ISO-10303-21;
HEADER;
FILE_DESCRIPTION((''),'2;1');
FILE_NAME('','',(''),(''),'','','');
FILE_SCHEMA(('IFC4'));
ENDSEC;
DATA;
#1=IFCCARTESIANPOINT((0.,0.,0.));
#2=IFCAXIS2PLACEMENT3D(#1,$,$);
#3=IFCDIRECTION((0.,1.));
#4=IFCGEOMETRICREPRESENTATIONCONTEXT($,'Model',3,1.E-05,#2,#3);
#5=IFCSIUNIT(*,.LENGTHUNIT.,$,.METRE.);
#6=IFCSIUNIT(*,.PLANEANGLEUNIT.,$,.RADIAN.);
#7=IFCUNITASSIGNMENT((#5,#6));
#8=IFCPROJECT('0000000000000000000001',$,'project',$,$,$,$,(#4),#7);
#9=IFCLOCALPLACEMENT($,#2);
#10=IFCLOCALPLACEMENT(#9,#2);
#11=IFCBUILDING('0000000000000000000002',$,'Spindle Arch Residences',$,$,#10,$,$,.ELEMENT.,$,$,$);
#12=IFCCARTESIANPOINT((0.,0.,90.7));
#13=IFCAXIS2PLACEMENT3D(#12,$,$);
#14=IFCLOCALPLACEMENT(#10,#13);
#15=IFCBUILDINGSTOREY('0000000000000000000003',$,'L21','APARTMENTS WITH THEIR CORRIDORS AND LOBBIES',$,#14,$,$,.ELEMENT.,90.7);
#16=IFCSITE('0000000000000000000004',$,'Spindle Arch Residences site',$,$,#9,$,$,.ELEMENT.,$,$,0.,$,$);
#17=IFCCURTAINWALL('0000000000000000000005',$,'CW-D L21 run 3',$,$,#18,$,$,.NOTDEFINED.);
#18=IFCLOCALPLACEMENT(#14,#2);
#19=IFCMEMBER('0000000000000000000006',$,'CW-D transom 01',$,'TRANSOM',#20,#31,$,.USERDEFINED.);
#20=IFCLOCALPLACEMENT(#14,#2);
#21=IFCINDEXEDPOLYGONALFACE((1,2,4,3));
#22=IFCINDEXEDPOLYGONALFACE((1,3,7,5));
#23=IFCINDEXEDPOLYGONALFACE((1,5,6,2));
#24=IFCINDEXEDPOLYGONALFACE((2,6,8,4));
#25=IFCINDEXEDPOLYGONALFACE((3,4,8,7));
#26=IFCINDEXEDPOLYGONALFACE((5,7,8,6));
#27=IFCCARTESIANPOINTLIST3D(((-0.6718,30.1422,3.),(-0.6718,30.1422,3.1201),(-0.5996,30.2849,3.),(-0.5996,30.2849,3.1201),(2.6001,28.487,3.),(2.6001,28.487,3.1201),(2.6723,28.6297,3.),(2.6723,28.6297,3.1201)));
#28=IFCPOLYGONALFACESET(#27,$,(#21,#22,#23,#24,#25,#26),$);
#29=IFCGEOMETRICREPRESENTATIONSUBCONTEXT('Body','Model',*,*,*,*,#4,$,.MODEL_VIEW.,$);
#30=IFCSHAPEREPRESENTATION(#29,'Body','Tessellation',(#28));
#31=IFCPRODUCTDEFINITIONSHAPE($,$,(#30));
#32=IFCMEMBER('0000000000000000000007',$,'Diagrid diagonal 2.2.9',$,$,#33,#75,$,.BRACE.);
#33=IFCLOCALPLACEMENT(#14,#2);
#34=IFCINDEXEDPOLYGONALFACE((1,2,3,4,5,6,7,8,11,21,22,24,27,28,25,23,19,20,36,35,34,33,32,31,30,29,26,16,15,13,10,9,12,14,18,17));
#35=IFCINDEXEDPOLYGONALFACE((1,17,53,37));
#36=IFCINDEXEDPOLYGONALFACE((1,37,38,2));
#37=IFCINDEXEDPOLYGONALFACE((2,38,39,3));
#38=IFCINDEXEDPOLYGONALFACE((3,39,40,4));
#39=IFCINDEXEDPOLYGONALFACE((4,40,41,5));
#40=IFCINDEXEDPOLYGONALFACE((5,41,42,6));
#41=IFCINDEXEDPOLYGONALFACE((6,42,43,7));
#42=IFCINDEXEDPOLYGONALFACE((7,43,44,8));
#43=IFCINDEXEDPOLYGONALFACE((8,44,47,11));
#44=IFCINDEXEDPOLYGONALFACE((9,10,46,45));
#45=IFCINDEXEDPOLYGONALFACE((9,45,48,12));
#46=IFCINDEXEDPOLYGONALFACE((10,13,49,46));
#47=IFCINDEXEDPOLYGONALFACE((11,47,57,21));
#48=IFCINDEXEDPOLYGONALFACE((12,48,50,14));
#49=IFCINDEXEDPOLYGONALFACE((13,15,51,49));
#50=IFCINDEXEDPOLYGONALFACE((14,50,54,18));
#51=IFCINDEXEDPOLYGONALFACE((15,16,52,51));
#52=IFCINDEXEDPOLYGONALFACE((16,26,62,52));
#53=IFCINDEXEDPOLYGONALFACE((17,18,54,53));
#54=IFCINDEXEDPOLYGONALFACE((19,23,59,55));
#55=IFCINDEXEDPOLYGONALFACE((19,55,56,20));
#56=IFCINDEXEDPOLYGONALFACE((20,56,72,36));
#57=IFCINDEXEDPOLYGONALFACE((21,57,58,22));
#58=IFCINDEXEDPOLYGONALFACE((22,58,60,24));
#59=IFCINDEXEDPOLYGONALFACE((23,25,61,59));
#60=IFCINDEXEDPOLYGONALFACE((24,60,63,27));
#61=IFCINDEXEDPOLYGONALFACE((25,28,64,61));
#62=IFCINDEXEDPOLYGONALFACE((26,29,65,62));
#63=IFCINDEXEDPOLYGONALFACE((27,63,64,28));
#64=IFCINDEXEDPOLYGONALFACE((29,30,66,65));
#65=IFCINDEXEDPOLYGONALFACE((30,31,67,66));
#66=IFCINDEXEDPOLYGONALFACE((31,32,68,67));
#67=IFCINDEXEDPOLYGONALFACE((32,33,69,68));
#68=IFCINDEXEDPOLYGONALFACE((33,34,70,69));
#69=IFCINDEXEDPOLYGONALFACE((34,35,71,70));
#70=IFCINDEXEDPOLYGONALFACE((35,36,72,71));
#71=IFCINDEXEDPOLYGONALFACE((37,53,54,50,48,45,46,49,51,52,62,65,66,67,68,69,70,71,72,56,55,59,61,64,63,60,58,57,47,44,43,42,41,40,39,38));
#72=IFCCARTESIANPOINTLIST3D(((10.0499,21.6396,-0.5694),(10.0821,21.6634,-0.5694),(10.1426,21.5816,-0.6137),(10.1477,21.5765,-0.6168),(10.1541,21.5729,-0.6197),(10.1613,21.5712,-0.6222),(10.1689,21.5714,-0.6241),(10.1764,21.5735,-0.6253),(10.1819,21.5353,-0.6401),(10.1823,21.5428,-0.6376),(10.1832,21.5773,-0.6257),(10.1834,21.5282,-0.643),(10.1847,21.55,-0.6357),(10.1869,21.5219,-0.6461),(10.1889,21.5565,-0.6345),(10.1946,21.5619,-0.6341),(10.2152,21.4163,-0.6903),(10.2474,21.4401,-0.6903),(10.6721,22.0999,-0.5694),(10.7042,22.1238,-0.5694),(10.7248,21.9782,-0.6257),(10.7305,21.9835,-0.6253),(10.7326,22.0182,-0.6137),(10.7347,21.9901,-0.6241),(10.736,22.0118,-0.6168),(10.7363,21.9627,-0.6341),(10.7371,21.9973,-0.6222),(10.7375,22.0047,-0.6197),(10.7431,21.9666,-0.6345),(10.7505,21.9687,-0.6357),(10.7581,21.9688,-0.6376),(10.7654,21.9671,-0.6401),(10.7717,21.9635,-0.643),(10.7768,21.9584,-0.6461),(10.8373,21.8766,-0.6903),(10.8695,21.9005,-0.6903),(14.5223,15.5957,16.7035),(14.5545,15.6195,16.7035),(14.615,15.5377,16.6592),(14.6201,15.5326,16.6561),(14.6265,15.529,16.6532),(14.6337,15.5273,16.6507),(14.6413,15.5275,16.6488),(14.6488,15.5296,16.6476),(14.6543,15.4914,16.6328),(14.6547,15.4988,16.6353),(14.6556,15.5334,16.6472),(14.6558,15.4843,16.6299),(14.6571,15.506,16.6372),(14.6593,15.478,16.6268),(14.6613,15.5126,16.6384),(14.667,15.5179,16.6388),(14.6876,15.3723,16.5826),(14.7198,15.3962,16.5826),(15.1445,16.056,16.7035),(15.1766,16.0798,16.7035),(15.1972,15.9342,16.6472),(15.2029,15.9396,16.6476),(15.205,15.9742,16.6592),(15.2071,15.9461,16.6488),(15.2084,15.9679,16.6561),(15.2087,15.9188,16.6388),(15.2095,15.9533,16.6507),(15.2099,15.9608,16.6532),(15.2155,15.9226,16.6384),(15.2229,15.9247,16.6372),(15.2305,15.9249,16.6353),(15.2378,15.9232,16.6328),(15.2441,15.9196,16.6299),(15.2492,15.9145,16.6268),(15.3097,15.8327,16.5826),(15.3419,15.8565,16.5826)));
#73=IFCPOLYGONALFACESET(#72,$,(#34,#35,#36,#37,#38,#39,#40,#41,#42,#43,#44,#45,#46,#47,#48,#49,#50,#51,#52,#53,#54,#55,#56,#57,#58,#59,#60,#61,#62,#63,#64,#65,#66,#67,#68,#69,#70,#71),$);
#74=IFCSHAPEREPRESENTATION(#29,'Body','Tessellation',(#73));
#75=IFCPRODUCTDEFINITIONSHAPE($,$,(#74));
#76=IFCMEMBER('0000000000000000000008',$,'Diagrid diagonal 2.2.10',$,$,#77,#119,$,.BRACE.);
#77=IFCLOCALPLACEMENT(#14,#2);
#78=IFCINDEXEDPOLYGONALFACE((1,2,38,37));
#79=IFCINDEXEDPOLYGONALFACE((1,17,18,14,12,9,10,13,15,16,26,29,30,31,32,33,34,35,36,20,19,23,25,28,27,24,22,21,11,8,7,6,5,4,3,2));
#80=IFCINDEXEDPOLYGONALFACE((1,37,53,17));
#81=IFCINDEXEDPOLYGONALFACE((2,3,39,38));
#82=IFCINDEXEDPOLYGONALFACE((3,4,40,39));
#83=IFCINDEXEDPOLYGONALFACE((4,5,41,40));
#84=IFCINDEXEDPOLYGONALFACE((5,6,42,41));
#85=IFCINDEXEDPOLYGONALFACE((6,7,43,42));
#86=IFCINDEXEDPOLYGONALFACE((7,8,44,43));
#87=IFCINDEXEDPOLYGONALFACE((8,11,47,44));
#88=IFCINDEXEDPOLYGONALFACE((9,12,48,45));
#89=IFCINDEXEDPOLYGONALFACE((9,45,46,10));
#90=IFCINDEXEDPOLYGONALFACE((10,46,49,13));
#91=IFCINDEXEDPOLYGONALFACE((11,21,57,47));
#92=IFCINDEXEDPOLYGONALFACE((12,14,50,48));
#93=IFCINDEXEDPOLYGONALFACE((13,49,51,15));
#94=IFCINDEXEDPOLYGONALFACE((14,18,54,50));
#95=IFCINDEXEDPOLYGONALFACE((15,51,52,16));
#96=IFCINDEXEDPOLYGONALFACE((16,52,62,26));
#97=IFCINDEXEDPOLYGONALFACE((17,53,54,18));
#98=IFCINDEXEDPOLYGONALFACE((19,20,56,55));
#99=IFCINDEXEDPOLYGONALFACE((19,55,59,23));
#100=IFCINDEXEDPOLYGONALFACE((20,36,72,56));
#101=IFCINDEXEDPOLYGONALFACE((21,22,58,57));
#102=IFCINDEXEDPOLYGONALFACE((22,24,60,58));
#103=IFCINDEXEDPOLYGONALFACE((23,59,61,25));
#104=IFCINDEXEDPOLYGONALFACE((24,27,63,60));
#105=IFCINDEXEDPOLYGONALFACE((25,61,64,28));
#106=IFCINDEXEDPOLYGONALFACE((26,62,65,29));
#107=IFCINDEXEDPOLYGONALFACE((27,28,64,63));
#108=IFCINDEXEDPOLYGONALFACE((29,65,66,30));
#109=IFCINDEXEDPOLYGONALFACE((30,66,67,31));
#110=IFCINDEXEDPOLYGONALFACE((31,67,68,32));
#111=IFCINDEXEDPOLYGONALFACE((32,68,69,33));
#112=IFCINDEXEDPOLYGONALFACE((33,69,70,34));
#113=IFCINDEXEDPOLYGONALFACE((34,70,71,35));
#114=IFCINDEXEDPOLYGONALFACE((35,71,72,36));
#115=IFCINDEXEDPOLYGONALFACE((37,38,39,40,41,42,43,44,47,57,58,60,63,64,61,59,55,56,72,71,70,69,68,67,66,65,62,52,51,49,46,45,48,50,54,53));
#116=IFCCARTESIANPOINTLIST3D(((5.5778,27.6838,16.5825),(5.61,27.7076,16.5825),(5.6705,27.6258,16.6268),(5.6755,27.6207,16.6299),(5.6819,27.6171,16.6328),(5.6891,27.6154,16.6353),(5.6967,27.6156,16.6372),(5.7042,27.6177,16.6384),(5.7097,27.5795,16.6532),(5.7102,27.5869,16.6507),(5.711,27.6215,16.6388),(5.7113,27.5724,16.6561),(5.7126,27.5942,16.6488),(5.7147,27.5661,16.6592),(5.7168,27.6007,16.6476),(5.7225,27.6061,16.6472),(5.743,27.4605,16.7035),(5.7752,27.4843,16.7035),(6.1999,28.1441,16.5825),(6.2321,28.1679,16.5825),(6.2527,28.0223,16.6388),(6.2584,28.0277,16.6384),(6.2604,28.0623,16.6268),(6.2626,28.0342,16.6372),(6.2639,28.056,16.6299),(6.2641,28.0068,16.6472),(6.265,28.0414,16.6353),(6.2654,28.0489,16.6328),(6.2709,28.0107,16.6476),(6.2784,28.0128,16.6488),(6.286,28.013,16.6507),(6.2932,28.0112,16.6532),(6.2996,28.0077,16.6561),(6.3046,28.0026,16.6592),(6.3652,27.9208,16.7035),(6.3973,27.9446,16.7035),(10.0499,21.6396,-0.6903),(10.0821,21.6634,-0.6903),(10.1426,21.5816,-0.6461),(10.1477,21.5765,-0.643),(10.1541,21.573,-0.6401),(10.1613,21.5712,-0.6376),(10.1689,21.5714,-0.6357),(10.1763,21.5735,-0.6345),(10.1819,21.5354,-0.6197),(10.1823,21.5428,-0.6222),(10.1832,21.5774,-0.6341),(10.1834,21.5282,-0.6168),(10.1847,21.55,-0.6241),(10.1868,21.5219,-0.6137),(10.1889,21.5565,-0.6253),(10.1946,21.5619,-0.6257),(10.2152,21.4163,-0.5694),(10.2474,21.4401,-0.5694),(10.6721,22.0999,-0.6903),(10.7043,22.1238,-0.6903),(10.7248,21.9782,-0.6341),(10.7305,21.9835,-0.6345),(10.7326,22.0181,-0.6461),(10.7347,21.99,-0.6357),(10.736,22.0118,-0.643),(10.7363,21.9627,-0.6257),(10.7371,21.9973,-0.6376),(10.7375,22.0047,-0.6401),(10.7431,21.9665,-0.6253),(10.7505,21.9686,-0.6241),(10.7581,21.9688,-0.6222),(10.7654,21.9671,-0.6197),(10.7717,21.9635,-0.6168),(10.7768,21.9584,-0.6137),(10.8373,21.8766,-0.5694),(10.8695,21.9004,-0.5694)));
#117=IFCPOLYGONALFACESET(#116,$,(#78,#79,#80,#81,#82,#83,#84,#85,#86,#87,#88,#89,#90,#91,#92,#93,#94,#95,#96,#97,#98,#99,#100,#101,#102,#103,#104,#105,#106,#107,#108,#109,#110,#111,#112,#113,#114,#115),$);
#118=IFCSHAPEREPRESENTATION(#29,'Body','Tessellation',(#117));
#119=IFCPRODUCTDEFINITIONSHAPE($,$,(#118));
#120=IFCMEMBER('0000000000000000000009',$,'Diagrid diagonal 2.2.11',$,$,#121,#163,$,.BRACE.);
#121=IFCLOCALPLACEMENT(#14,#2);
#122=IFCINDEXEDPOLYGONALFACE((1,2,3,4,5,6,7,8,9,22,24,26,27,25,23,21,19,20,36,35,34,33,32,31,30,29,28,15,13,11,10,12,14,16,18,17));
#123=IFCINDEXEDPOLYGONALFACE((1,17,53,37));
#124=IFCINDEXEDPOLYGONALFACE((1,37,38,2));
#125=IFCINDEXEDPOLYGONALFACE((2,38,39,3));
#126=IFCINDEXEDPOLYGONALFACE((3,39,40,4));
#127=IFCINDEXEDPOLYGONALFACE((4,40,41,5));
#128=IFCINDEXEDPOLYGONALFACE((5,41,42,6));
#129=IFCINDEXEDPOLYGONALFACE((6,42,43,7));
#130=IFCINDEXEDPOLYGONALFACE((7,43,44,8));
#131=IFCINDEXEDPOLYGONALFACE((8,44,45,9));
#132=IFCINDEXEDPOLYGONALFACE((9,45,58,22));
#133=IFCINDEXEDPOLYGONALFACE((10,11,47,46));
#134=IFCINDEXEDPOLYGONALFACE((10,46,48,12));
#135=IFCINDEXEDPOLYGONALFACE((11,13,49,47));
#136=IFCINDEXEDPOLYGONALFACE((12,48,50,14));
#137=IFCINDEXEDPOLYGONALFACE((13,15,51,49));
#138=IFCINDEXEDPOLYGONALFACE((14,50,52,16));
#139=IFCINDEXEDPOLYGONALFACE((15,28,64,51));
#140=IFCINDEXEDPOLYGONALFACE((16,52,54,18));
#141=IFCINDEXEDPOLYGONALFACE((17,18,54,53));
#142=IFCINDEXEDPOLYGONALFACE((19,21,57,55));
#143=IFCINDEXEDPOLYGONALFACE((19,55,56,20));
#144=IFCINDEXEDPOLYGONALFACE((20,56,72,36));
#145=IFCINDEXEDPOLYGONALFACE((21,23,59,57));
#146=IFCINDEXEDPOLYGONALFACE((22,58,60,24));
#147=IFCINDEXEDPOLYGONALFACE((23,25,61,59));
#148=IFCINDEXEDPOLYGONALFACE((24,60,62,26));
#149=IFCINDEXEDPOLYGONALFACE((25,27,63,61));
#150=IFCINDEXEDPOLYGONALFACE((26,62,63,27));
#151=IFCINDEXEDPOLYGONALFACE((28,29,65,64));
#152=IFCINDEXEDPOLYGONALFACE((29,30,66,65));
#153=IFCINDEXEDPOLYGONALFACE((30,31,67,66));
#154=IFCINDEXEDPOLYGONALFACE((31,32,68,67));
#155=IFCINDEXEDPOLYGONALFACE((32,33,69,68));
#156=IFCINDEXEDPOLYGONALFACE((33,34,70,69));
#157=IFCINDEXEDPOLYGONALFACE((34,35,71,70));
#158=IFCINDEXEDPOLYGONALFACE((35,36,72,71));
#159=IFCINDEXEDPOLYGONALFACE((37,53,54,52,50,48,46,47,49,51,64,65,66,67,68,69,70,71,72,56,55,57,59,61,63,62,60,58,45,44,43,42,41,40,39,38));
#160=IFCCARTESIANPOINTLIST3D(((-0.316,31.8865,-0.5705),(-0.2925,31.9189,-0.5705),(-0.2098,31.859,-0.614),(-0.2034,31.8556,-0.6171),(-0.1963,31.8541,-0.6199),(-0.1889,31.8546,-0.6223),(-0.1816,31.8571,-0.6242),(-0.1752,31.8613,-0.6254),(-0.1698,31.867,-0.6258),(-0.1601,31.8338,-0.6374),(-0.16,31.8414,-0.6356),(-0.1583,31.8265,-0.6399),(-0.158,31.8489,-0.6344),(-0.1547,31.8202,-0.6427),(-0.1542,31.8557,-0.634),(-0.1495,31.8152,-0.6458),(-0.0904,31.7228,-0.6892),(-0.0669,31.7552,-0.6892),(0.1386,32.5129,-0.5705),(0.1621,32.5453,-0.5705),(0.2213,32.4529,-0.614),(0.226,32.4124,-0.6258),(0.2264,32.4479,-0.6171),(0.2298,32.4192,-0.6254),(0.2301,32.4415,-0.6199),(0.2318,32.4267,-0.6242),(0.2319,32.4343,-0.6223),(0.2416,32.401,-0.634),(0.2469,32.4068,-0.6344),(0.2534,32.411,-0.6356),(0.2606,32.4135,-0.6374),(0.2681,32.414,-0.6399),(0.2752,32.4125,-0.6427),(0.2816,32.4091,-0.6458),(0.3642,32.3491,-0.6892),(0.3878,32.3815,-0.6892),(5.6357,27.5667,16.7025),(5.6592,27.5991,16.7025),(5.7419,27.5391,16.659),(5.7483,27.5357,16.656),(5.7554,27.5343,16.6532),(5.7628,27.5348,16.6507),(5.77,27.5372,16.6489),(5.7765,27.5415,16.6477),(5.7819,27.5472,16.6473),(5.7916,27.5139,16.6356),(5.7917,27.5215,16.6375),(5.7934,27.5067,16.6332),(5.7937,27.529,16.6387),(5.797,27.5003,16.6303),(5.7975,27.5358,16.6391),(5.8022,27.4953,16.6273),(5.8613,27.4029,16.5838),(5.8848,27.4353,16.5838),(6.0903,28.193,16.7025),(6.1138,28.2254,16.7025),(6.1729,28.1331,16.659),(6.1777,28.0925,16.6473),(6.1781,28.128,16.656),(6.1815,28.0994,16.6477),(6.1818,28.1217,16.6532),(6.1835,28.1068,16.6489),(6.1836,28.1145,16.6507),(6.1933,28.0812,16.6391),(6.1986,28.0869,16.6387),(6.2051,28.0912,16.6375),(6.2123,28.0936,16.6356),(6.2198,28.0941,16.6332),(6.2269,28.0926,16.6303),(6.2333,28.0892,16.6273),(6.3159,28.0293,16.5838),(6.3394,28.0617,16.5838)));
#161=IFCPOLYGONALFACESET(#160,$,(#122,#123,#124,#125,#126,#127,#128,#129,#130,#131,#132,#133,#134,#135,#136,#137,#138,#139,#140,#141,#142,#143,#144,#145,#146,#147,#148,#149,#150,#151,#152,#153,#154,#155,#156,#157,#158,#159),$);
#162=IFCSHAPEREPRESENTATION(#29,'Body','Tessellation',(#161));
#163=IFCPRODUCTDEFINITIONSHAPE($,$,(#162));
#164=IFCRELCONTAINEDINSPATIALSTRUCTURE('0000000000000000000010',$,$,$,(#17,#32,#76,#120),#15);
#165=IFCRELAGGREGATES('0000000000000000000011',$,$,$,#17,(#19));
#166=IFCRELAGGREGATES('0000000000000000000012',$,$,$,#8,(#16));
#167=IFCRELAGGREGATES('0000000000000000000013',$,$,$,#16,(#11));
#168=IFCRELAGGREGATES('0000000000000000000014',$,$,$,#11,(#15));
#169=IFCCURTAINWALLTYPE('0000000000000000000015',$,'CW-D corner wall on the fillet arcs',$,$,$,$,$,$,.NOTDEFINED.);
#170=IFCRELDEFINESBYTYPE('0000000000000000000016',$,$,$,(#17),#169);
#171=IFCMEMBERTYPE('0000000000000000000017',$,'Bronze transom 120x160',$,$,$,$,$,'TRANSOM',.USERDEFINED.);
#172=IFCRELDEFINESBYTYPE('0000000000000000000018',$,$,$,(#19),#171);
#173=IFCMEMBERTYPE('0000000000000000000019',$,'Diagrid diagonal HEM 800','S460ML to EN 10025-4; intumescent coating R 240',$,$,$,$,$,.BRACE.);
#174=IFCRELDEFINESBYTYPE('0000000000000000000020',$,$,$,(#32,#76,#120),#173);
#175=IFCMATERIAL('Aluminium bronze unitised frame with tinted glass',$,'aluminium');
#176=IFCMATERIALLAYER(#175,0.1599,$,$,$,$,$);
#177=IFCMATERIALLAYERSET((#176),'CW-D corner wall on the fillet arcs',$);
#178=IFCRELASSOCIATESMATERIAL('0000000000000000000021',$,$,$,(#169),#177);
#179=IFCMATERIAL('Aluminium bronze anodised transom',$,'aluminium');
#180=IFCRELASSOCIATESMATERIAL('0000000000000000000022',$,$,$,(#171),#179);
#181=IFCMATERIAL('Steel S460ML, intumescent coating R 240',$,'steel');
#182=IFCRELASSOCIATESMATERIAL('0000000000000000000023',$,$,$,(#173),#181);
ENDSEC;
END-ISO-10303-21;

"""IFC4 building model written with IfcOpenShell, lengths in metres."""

from ifc_helpers import new_model, si_unit, direction, frame, origin, origin_2d, place, context, subcontext, project, spatial, rectangle, i_section, extrude, material, layer, layer_set, material_profile, profile_set, type_object, element, aggregate, save


model = new_model("IFC4")

# Units and contexts
model_context = context("Model", 3, precision=1e-05, world=origin(), true_north=direction((0.0, 1.0)))
body_context = subcontext(model_context, "Body", "Model", "MODEL_VIEW")
ifc_project = project(units=[si_unit("LENGTHUNIT", "METRE"), si_unit("PLANEANGLEUNIT", "RADIAN")], contexts=[model_context])

# Site, building, storey
site_placement = place(None, origin())
site = spatial("IfcSite", under=ifc_project, at=site_placement, Name="Spindle Arch Residences site", CompositionType="ELEMENT", RefElevation=0.0)
building_placement = place(site_placement, origin())
building = spatial("IfcBuilding", under=site, at=building_placement, Name="Spindle Arch Residences", CompositionType="ELEMENT")
storey_placement = place(building_placement, frame((0.0, 0.0, 90.7)))
storey = spatial("IfcBuildingStorey", under=building, at=storey_placement, Name="L21", Description="APARTMENTS WITH THEIR CORRIDORS AND LOBBIES", CompositionType="ELEMENT", Elevation=90.7)

# Curtain wall, member
ifc_material_1 = material(Name="Aluminium bronze unitised frame with tinted glass", Category="aluminium")
ifc_layer_1 = layer(ifc_material_1, 0.1599)
ifc_layer_set_1 = layer_set([ifc_layer_1], Name="CW-D corner wall on the fillet arcs")
curtain_wall_type_1 = type_object("IfcCurtainWallType", Name="CW-D corner wall on the fillet arcs", PredefinedType="NOTDEFINED", material=ifc_layer_set_1)
curtain_wall_1_placement = place(storey_placement, origin())
curtain_wall_1 = element("IfcCurtainWall", 1, at=curtain_wall_1_placement, inside=storey, type_object=curtain_wall_type_1, Name="CW-D L21 run 3", PredefinedType="NOTDEFINED")
ifc_material_2 = material(Name="Aluminium bronze anodised transom", Category="aluminium")
ifc_material_profile_1 = material_profile(ifc_material_2, rectangle(XDim=0.1599, YDim=0.1201, at=origin_2d()), Name="TR 120x160")
ifc_profile_set_1 = profile_set([ifc_material_profile_1], Name="Aluminium bronze anodised transom")
member_type_1 = type_object("IfcMemberType", Name="Bronze transom 120x160", ElementType="TRANSOM", PredefinedType="USERDEFINED", material=ifc_profile_set_1)
member_1_placement = place(storey_placement, frame((2.6362, 28.5583, 3.0601), z_axis=(-0.892313, 0.451417, 0.0), x_axis=(-0.451417, -0.892313, 0.0)))
member_1 = element("IfcMember", 2, at=member_1_placement, type_object=member_type_1, Name="CW-D transom 01", ObjectType="TRANSOM", PredefinedType="USERDEFINED", context=body_context, shape_type="SweptSolid", body=[
    extrude(rectangle(XDim=0.1599, YDim=0.1201, at=origin_2d()), origin(), (0.0, 0.0, 1.0), 3.6667),
])

# Members
ifc_material_3 = material(Name="Steel S460ML, intumescent coating R 240", Category="steel")
ifc_material_profile_2 = material_profile(ifc_material_3, i_section(OverallWidth=0.303, OverallDepth=0.814, WebThickness=0.021, FlangeThickness=0.04, FilletRadius=0.03, at=origin_2d()), Name="HEM 800")
ifc_profile_set_2 = profile_set([ifc_material_profile_2], Name="Steel S460ML, intumescent coating R 240")
member_type_2 = type_object("IfcMemberType", Name="Diagrid diagonal HEM 800", Description="S460ML to EN 10025-4; intumescent coating R 240", PredefinedType="BRACE", material=ifc_profile_set_2)
for number, where, z_axis, x_axis, name in (
    (3, (10.4597, 21.77, -0.6299), (0.237409, -0.320831, 0.9169), (-0.545403, 0.737049, 0.399118), "Diagrid diagonal 2.2.9"),
    (4, (10.4597, 21.77, -0.6299), (-0.237396, 0.320843, 0.916899), (0.545369, -0.737072, 0.39912), "Diagrid diagonal 2.2.10"),
):
    element("IfcMember", number, at=place(storey_placement, frame(where, z_axis=z_axis, x_axis=x_axis)), inside=storey, type_object=member_type_2, Name=name, PredefinedType="BRACE", context=body_context, shape_type="SweptSolid", body=[
        extrude(i_section(OverallWidth=0.303, OverallDepth=0.814, WebThickness=0.021, FlangeThickness=0.04, FilletRadius=0.03, at=origin_2d()), origin(), (0.0, 0.0, 1.0), 18.8384),
    ])
member_2_placement = place(storey_placement, frame((0.0359, 32.134, -0.6299), z_axis=(0.317027, -0.230104, 0.920079), x_axis=(-0.744616, 0.540456, 0.391733)))
element("IfcMember", 5, at=member_2_placement, inside=storey, type_object=member_type_2, Name="Diagrid diagonal 2.2.11", PredefinedType="BRACE", context=body_context, shape_type="SweptSolid", body=[
    extrude(i_section(OverallWidth=0.303, OverallDepth=0.814, WebThickness=0.021, FlangeThickness=0.04, FilletRadius=0.03, at=origin_2d()), origin(), (0.0, 0.0, 1.0), 18.7734),
])

aggregate(curtain_wall_1, [member_1])

save(model, "model.ifc")
